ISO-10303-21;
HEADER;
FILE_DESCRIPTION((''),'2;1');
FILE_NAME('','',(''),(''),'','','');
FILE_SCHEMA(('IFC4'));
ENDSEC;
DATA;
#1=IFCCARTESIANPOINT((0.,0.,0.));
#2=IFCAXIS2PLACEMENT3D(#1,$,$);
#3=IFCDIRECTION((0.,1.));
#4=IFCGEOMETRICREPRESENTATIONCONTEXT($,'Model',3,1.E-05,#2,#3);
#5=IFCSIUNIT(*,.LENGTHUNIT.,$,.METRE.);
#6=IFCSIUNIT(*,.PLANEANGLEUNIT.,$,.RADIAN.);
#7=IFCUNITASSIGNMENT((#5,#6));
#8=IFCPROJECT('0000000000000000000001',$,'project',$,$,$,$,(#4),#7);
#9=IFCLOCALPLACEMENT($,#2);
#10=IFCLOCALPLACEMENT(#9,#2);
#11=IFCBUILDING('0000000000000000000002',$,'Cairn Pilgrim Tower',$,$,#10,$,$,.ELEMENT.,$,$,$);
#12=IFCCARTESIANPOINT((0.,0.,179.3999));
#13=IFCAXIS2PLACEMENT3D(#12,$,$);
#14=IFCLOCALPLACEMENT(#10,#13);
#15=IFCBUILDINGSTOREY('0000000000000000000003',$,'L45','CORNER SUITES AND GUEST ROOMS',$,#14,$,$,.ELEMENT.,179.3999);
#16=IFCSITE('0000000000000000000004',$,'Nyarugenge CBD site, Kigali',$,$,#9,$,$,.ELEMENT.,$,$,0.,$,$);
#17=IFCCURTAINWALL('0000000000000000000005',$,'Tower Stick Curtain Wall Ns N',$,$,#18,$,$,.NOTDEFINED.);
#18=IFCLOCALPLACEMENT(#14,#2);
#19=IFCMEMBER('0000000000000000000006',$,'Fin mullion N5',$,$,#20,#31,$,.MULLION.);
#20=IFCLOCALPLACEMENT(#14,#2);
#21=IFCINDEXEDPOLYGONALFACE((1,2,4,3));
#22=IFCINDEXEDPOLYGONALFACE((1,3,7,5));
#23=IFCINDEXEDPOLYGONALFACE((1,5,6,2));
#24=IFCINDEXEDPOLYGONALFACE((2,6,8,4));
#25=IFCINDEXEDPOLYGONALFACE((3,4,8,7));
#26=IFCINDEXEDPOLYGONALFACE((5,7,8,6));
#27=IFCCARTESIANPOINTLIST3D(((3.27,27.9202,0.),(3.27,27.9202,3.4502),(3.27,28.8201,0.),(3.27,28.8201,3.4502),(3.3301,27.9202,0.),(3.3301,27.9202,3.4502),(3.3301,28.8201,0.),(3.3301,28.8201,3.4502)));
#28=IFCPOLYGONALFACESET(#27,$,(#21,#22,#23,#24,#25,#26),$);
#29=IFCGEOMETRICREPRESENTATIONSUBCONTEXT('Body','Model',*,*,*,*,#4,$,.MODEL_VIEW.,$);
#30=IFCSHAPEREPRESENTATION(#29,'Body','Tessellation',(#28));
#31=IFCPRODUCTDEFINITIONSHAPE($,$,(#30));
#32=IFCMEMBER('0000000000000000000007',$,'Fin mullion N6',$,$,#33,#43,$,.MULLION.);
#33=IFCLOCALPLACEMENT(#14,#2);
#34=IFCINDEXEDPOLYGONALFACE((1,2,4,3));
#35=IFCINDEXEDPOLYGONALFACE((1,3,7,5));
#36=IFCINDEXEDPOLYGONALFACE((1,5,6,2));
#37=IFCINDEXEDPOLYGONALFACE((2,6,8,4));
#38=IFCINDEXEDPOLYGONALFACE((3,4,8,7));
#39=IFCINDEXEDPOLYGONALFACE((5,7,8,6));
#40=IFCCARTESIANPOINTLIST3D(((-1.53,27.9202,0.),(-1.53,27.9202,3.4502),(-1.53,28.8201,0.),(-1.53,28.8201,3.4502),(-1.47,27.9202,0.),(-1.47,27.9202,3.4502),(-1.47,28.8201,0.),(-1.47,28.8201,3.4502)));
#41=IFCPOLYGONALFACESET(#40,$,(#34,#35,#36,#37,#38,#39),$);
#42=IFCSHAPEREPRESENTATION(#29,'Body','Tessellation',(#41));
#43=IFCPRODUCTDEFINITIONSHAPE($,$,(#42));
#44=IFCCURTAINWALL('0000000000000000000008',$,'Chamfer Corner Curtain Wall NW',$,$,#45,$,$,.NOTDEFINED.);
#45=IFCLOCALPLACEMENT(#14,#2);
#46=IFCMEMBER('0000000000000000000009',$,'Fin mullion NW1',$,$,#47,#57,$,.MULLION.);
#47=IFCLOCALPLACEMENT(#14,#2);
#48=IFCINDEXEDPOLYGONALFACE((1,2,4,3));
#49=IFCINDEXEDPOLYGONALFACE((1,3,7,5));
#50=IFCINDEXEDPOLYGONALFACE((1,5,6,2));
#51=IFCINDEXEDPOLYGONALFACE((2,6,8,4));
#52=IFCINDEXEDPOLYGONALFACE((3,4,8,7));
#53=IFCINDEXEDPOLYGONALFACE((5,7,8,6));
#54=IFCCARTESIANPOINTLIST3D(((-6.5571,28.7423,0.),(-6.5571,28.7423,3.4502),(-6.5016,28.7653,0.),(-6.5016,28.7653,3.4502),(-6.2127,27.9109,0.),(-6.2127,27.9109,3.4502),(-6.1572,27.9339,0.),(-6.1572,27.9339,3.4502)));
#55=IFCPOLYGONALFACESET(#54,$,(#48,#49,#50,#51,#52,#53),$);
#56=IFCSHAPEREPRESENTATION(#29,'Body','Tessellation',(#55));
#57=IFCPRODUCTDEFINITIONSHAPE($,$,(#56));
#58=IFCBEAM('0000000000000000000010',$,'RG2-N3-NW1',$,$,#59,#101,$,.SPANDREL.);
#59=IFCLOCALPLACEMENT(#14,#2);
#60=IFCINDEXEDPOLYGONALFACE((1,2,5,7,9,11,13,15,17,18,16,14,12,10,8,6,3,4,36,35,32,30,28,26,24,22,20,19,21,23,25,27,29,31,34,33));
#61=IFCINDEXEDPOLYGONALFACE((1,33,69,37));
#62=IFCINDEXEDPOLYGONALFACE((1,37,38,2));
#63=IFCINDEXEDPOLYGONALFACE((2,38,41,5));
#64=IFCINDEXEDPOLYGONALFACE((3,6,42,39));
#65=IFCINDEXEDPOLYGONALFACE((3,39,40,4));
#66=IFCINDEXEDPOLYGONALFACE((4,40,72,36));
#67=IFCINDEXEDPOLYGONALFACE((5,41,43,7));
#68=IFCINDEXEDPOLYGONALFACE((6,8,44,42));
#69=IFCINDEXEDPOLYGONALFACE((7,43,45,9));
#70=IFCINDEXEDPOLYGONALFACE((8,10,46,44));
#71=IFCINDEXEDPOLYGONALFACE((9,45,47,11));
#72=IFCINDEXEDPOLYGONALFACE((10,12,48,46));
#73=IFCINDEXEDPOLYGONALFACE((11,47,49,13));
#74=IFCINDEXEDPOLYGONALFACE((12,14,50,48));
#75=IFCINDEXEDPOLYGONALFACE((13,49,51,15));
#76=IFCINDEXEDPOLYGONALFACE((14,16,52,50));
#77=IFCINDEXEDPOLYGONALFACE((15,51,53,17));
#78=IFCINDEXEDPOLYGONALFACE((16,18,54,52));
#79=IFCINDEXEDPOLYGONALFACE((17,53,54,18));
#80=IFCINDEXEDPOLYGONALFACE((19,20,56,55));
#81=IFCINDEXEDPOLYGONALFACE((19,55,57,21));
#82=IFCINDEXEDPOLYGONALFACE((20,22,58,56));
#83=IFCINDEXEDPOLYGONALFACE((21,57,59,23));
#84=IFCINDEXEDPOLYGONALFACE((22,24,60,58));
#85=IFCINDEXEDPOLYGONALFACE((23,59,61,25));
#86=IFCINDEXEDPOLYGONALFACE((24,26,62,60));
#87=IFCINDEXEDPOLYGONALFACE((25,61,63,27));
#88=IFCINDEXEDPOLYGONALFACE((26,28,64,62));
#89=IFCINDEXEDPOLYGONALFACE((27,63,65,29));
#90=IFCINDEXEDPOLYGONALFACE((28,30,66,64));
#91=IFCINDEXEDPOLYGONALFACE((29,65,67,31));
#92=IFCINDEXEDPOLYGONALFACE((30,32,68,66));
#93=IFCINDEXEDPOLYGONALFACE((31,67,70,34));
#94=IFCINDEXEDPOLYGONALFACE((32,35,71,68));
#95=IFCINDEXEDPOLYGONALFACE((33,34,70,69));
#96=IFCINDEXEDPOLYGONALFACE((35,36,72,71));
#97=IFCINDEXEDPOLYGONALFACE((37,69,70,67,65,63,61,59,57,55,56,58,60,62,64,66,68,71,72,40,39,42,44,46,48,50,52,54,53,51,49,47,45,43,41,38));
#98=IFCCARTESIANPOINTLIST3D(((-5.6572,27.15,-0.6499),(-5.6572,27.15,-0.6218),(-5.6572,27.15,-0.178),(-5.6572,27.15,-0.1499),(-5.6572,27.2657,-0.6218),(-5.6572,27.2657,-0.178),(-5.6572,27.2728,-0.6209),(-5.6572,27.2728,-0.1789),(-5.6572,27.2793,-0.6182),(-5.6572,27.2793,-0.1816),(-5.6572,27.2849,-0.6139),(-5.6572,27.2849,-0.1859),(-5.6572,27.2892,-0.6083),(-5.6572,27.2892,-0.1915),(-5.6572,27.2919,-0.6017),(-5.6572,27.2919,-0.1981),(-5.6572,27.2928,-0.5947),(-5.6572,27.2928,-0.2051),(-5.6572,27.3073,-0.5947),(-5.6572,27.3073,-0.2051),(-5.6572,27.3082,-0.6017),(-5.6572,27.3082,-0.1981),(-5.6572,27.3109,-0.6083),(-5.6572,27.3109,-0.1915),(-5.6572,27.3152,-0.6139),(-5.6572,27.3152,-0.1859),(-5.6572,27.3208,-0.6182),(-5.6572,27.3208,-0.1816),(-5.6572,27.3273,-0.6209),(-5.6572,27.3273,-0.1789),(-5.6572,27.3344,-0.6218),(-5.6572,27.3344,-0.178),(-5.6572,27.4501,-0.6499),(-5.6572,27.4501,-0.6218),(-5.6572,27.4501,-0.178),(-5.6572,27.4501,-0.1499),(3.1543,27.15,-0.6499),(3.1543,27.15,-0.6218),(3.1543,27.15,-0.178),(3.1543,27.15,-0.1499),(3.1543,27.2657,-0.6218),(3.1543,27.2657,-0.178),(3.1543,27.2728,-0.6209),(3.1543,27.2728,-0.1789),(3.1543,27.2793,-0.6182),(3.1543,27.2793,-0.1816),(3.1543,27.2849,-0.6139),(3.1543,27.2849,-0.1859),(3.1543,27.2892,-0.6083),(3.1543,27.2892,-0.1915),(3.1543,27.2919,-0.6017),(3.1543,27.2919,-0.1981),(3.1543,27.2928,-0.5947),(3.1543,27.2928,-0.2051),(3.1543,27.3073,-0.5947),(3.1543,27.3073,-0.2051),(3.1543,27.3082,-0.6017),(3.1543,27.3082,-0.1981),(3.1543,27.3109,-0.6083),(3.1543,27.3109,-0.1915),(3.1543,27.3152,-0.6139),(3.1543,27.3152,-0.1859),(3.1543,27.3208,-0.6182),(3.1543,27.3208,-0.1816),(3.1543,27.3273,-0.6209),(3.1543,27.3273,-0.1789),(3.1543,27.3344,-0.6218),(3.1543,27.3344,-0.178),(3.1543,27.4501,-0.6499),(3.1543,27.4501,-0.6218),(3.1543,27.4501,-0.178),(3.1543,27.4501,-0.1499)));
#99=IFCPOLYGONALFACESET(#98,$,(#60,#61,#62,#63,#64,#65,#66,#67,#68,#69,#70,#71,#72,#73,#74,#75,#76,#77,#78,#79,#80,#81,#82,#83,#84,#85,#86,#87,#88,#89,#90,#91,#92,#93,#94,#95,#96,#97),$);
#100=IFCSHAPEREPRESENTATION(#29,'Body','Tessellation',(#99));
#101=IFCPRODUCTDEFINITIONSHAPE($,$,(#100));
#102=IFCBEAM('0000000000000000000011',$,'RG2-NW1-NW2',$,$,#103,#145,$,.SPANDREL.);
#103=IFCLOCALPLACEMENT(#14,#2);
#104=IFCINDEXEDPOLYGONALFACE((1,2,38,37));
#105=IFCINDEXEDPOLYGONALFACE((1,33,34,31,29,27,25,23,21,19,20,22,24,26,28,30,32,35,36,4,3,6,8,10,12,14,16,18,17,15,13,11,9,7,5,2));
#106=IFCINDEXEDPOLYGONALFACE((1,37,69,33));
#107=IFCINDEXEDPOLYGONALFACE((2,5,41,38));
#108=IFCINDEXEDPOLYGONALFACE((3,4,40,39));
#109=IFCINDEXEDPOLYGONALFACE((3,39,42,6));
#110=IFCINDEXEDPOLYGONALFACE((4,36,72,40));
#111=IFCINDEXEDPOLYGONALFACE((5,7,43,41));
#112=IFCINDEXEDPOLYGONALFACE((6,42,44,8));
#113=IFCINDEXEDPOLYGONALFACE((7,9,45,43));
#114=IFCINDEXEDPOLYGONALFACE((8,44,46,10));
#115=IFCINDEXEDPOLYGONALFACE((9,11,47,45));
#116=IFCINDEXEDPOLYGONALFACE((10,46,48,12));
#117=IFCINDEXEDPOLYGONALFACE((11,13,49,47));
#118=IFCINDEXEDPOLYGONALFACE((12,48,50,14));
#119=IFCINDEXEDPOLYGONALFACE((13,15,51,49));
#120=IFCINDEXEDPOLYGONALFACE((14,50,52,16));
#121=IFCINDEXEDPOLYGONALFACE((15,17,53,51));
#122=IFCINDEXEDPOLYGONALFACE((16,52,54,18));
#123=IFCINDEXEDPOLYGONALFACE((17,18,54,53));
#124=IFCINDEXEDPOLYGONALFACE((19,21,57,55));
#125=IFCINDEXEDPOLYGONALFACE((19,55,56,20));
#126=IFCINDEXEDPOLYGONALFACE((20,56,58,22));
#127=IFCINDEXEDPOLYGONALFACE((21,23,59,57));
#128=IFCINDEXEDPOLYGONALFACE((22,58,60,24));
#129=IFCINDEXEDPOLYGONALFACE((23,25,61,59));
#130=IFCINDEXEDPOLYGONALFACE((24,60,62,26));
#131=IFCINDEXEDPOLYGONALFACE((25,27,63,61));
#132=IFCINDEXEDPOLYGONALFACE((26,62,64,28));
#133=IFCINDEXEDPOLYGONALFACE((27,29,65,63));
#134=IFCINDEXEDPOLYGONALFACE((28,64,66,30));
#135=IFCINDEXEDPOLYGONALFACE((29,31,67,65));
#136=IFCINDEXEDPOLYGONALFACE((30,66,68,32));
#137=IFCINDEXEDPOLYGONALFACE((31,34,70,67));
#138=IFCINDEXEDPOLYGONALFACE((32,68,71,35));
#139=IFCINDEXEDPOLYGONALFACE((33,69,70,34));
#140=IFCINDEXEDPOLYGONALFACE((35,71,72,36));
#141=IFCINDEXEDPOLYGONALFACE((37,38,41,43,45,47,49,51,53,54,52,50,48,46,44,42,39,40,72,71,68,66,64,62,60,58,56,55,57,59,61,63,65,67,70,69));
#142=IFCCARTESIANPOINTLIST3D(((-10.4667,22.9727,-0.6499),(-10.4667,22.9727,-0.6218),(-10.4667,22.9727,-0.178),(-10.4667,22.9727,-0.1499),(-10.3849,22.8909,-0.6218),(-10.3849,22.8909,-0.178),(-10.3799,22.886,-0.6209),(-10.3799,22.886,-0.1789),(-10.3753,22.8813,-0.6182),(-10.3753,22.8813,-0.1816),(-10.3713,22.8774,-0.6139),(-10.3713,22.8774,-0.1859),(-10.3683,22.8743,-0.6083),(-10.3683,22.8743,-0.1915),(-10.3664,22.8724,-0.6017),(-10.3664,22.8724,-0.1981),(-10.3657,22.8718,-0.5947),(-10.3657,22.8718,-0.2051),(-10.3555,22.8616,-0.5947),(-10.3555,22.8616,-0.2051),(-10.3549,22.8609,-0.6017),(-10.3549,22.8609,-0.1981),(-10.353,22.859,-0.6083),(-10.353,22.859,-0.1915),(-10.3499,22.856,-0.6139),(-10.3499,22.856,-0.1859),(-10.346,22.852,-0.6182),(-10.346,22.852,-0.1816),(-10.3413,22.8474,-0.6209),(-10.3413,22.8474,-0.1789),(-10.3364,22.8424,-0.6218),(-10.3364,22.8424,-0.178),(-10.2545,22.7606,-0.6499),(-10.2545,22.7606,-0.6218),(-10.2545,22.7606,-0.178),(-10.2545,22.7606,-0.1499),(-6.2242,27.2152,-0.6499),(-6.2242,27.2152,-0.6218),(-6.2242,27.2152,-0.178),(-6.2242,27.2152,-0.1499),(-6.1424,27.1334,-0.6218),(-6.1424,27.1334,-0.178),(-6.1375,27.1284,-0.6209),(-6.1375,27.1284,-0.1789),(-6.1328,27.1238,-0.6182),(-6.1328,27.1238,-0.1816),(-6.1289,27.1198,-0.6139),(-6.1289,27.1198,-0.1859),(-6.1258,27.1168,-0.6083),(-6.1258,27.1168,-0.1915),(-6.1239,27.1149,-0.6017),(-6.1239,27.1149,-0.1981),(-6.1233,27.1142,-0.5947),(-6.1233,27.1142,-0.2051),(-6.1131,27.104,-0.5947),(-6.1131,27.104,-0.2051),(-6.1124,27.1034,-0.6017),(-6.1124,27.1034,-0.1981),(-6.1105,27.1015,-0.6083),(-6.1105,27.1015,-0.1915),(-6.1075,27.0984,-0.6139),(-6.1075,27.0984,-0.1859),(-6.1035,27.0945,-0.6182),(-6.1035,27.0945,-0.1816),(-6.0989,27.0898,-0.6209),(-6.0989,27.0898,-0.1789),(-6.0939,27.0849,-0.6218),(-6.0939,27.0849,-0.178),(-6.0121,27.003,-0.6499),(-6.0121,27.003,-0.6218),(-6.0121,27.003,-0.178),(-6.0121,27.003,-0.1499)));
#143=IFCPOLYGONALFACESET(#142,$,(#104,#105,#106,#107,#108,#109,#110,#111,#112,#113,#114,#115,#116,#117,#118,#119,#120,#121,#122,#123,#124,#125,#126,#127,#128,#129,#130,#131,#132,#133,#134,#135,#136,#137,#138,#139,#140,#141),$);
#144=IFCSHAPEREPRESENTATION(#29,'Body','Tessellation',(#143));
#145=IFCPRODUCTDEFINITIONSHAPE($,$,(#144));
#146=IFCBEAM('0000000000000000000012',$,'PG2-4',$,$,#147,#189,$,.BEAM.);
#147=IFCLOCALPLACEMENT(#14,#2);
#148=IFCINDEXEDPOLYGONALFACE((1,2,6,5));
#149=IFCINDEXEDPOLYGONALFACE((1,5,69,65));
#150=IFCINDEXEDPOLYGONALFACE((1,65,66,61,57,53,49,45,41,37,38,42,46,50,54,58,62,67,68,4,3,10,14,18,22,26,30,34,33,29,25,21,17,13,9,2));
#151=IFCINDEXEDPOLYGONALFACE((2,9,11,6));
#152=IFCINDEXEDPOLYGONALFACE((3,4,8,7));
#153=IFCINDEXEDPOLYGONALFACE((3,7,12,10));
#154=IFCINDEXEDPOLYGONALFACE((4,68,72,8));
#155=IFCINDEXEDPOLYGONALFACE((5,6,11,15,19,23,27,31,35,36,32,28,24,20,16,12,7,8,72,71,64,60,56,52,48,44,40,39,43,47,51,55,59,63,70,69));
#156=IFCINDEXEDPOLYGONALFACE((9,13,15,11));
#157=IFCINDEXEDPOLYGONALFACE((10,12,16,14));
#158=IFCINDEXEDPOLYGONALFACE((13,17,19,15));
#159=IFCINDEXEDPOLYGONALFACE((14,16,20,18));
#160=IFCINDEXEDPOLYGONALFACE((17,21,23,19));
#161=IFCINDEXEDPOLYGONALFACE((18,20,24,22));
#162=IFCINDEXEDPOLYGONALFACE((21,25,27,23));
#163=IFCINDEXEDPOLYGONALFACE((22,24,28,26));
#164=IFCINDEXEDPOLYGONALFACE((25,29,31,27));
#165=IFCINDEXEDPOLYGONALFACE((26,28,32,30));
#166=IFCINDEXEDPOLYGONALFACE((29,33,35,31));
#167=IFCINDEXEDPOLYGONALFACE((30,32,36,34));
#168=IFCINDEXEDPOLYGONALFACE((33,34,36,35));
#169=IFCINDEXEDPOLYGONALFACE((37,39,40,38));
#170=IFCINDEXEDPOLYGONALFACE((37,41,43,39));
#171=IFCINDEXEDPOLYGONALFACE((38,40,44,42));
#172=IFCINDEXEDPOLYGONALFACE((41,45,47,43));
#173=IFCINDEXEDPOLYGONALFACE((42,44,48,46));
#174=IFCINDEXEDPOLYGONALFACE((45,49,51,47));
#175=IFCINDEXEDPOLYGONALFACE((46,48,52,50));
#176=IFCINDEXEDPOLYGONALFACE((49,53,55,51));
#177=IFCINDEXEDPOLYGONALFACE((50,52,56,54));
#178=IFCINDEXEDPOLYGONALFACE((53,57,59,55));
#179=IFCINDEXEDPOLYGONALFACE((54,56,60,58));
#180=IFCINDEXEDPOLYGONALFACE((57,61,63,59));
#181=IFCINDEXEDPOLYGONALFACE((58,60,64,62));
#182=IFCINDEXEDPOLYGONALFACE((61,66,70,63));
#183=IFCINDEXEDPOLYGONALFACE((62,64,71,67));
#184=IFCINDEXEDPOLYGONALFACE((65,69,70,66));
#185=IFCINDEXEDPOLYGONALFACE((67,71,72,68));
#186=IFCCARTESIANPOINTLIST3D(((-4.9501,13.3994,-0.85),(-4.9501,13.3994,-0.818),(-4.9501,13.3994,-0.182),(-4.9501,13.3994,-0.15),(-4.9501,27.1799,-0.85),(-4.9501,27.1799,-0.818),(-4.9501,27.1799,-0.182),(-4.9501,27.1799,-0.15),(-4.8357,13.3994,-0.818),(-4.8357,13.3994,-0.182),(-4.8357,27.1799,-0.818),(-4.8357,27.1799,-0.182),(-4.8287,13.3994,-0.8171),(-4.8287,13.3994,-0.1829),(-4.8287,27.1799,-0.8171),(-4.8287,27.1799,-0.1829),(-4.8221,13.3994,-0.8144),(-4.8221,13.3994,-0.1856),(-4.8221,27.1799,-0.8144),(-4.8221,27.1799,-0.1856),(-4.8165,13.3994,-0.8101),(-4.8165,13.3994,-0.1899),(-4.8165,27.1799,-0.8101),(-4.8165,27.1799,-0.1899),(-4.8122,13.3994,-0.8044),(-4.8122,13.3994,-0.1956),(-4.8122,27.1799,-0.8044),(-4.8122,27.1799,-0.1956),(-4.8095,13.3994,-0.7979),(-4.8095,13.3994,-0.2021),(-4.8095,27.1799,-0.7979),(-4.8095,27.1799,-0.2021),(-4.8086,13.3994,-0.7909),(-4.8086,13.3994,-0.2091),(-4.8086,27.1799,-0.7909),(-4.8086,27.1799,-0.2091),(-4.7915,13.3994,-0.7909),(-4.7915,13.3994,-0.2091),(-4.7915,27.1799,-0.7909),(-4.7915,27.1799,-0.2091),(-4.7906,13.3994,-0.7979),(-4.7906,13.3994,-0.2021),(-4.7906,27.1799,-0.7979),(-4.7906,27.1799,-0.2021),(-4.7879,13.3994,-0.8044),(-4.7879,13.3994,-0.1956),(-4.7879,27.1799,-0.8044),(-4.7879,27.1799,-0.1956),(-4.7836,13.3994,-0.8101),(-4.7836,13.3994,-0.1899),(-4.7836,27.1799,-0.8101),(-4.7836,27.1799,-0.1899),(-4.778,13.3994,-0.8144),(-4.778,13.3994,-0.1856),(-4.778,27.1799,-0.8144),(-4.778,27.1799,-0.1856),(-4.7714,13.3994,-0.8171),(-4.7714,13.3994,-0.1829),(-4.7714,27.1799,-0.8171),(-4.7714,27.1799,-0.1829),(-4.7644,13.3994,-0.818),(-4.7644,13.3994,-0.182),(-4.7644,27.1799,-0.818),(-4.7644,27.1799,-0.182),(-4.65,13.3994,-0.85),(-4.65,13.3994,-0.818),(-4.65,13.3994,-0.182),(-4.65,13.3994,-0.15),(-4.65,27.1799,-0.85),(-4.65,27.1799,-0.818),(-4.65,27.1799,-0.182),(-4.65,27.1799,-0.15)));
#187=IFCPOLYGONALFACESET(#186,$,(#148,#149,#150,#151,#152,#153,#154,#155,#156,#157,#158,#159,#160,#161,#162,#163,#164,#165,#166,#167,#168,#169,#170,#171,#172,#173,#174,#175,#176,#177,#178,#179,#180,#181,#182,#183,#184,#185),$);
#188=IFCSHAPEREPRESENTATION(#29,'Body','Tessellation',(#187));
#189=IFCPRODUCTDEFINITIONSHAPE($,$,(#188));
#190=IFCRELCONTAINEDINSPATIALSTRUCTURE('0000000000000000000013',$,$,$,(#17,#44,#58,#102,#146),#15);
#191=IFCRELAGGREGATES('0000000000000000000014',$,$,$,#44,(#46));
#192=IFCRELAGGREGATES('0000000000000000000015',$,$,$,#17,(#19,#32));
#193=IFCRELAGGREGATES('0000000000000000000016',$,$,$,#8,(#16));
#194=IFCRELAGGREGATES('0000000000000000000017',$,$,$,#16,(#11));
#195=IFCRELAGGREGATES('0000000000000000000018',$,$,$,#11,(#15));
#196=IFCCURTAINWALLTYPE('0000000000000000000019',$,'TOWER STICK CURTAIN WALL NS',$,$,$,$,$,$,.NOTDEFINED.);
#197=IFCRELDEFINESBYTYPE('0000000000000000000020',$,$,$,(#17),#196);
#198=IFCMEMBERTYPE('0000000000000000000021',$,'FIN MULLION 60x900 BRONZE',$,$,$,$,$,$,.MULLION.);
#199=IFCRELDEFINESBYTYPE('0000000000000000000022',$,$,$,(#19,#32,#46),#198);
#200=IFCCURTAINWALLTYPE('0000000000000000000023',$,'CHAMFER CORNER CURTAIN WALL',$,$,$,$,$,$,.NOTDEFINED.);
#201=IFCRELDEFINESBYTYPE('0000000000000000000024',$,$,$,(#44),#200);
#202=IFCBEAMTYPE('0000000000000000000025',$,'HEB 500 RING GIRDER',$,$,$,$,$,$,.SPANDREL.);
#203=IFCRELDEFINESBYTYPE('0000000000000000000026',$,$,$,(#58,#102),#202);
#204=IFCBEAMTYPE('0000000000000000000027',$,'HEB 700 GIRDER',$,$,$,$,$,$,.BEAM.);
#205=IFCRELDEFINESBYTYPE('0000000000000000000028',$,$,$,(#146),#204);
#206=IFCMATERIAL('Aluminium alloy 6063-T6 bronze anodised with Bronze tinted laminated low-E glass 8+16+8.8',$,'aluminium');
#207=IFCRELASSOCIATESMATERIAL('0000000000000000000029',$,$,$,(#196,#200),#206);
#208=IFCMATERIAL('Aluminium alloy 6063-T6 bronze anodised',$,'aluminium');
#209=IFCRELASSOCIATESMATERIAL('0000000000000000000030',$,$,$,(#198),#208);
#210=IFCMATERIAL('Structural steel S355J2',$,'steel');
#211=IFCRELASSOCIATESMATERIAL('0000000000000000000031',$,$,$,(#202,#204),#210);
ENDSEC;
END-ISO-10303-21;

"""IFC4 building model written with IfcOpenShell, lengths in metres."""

from ifc_helpers import new_model, si_unit, direction, frame, origin, origin_2d, place, context, subcontext, project, spatial, rectangle, i_section, extrude, material, material_profile, profile_set, type_object, element, aggregate, save


model = new_model("IFC4")

# Units and contexts
model_context = context("Model", 3, precision=1e-05, world=origin(), true_north=direction((0.0, 1.0)))
body_context = subcontext(model_context, "Body", "Model", "MODEL_VIEW")
ifc_project = project(units=[si_unit("LENGTHUNIT", "METRE"), si_unit("PLANEANGLEUNIT", "RADIAN")], contexts=[model_context])

# Site, building, storey
site_placement = place(None, origin())
site = spatial("IfcSite", under=ifc_project, at=site_placement, Name="Nyarugenge CBD site, Kigali", CompositionType="ELEMENT", RefElevation=0.0)
building_placement = place(site_placement, origin())
building = spatial("IfcBuilding", under=site, at=building_placement, Name="Cairn Pilgrim Tower", CompositionType="ELEMENT")
storey_placement = place(building_placement, frame((0.0, 0.0, 179.3999)))
storey = spatial("IfcBuildingStorey", under=building, at=storey_placement, Name="L45", Description="CORNER SUITES AND GUEST ROOMS", CompositionType="ELEMENT", Elevation=179.3999)

# Curtain wall, members
ifc_material_1 = material(Name="Aluminium alloy 6063-T6 bronze anodised with Bronze tinted laminated low-E glass 8+16+8.8", Category="aluminium")
curtain_wall_type_1 = type_object("IfcCurtainWallType", Name="TOWER STICK CURTAIN WALL NS", PredefinedType="NOTDEFINED", material=ifc_material_1)
curtain_wall_1_placement = place(storey_placement, origin())
curtain_wall_1 = element("IfcCurtainWall", 1, at=curtain_wall_1_placement, inside=storey, type_object=curtain_wall_type_1, Name="Tower Stick Curtain Wall Ns N", PredefinedType="NOTDEFINED")
ifc_material_2 = material(Name="Aluminium alloy 6063-T6 bronze anodised", Category="aluminium")
ifc_material_profile_1 = material_profile(ifc_material_2, rectangle(XDim=0.8999, YDim=0.0601, at=origin_2d()), Name="FIN MULLION 60x900 BRONZE")
ifc_profile_set_1 = profile_set([ifc_material_profile_1], Name="Aluminium alloy 6063-T6 bronze anodised")
member_type_1 = type_object("IfcMemberType", Name="FIN MULLION 60x900 BRONZE", PredefinedType="MULLION", material=ifc_profile_set_1)
member_1_placement = place(storey_placement, frame((3.3, 28.3701, 0.0), z_axis=(0.0, 0.0, 1.0), x_axis=(0.0, 1.0, 0.0)))
member_1 = element("IfcMember", 2, at=member_1_placement, type_object=member_type_1, Name="Fin mullion N5", PredefinedType="MULLION", context=body_context, shape_type="SweptSolid", body=[
    extrude(rectangle(XDim=0.8999, YDim=0.0601, at=origin_2d()), origin(), (0.0, 0.0, 1.0), 3.4502),
])
member_2_placement = place(storey_placement, frame((-1.5, 28.3701, 0.0), z_axis=(0.0, 0.0, 1.0), x_axis=(0.0, 1.0, 0.0)))
member_2 = element("IfcMember", 3, at=member_2_placement, type_object=member_type_1, Name="Fin mullion N6", PredefinedType="MULLION", context=body_context, shape_type="SweptSolid", body=[
    extrude(rectangle(XDim=0.8999, YDim=0.0601, at=origin_2d()), origin(), (0.0, 0.0, 1.0), 3.4502),
])

# Curtain wall, member
curtain_wall_type_2 = type_object("IfcCurtainWallType", Name="CHAMFER CORNER CURTAIN WALL", PredefinedType="NOTDEFINED", material=ifc_material_1)
curtain_wall_2_placement = place(storey_placement, origin())
curtain_wall_2 = element("IfcCurtainWall", 4, at=curtain_wall_2_placement, inside=storey, type_object=curtain_wall_type_2, Name="Chamfer Corner Curtain Wall NW", PredefinedType="NOTDEFINED")
member_3_placement = place(storey_placement, frame((-6.3572, 28.3381, 0.0), z_axis=(0.0, 0.0, 1.0), x_axis=(-0.382683, 0.92388, 0.0)))
member_3 = element("IfcMember", 5, at=member_3_placement, type_object=member_type_1, Name="Fin mullion NW1", PredefinedType="MULLION", context=body_context, shape_type="SweptSolid", body=[
    extrude(rectangle(XDim=0.8999, YDim=0.0601, at=origin_2d()), origin(), (0.0, 0.0, 1.0), 3.4502),
])

# Beams
ifc_material_3 = material(Name="Structural steel S355J2", Category="steel")
ifc_material_profile_2 = material_profile(ifc_material_3, i_section(OverallWidth=0.3, OverallDepth=0.5, WebThickness=0.0144, FlangeThickness=0.0281, FilletRadius=0.0271, at=origin_2d()), Name="HEB 500")
ifc_profile_set_2 = profile_set([ifc_material_profile_2], Name="Structural steel S355J2")
beam_type_1 = type_object("IfcBeamType", Name="HEB 500 RING GIRDER", PredefinedType="SPANDREL", material=ifc_profile_set_2)
beam_1_placement = place(storey_placement, frame((3.1543, 27.3, -0.3999), z_axis=(-1.0, 0.0, 0.0), x_axis=(0.0, -1.0, 0.0)))
element("IfcBeam", 6, at=beam_1_placement, inside=storey, type_object=beam_type_1, Name="RG2-N3-NW1", PredefinedType="SPANDREL", context=body_context, shape_type="SweptSolid", body=[
    extrude(i_section(OverallWidth=0.3, OverallDepth=0.5, WebThickness=0.0144, FlangeThickness=0.0281, FilletRadius=0.0271, at=origin_2d()), origin(), (0.0, 0.0, 1.0), 8.8115),
])
beam_2_placement = place(storey_placement, frame((-6.1182, 27.1091, -0.3999), z_axis=(-0.707107, -0.707107, 0.0), x_axis=(0.707107, -0.707107, 0.0)))
element("IfcBeam", 7, at=beam_2_placement, inside=storey, type_object=beam_type_1, Name="RG2-NW1-NW2", PredefinedType="SPANDREL", context=body_context, shape_type="SweptSolid", body=[
    extrude(i_section(OverallWidth=0.3, OverallDepth=0.5, WebThickness=0.0144, FlangeThickness=0.0281, FilletRadius=0.0271, at=origin_2d()), origin(), (0.0, 0.0, 1.0), 5.9998),
])
ifc_material_profile_3 = material_profile(ifc_material_3, i_section(OverallWidth=0.3, OverallDepth=0.7, WebThickness=0.0171, FlangeThickness=0.032, FilletRadius=0.0271, at=origin_2d()), Name="HEB 700")
ifc_profile_set_3 = profile_set([ifc_material_profile_3], Name="Structural steel S355J2")
beam_type_2 = type_object("IfcBeamType", Name="HEB 700 GIRDER", PredefinedType="BEAM", material=ifc_profile_set_3)
beam_3_placement = place(storey_placement, frame((-4.8, 13.3994, -0.5), z_axis=(0.0, 1.0, 0.0), x_axis=(-1.0, 0.0, 0.0)))
element("IfcBeam", 8, at=beam_3_placement, inside=storey, type_object=beam_type_2, Name="PG2-4", PredefinedType="BEAM", context=body_context, shape_type="SweptSolid", body=[
    extrude(i_section(OverallWidth=0.3, OverallDepth=0.7, WebThickness=0.0171, FlangeThickness=0.032, FilletRadius=0.0271, at=origin_2d()), origin(), (0.0, 0.0, 1.0), 13.7805),
])

aggregate(curtain_wall_2, [member_3])

aggregate(curtain_wall_1, [member_1, member_2])

save(model, "model.ifc")
